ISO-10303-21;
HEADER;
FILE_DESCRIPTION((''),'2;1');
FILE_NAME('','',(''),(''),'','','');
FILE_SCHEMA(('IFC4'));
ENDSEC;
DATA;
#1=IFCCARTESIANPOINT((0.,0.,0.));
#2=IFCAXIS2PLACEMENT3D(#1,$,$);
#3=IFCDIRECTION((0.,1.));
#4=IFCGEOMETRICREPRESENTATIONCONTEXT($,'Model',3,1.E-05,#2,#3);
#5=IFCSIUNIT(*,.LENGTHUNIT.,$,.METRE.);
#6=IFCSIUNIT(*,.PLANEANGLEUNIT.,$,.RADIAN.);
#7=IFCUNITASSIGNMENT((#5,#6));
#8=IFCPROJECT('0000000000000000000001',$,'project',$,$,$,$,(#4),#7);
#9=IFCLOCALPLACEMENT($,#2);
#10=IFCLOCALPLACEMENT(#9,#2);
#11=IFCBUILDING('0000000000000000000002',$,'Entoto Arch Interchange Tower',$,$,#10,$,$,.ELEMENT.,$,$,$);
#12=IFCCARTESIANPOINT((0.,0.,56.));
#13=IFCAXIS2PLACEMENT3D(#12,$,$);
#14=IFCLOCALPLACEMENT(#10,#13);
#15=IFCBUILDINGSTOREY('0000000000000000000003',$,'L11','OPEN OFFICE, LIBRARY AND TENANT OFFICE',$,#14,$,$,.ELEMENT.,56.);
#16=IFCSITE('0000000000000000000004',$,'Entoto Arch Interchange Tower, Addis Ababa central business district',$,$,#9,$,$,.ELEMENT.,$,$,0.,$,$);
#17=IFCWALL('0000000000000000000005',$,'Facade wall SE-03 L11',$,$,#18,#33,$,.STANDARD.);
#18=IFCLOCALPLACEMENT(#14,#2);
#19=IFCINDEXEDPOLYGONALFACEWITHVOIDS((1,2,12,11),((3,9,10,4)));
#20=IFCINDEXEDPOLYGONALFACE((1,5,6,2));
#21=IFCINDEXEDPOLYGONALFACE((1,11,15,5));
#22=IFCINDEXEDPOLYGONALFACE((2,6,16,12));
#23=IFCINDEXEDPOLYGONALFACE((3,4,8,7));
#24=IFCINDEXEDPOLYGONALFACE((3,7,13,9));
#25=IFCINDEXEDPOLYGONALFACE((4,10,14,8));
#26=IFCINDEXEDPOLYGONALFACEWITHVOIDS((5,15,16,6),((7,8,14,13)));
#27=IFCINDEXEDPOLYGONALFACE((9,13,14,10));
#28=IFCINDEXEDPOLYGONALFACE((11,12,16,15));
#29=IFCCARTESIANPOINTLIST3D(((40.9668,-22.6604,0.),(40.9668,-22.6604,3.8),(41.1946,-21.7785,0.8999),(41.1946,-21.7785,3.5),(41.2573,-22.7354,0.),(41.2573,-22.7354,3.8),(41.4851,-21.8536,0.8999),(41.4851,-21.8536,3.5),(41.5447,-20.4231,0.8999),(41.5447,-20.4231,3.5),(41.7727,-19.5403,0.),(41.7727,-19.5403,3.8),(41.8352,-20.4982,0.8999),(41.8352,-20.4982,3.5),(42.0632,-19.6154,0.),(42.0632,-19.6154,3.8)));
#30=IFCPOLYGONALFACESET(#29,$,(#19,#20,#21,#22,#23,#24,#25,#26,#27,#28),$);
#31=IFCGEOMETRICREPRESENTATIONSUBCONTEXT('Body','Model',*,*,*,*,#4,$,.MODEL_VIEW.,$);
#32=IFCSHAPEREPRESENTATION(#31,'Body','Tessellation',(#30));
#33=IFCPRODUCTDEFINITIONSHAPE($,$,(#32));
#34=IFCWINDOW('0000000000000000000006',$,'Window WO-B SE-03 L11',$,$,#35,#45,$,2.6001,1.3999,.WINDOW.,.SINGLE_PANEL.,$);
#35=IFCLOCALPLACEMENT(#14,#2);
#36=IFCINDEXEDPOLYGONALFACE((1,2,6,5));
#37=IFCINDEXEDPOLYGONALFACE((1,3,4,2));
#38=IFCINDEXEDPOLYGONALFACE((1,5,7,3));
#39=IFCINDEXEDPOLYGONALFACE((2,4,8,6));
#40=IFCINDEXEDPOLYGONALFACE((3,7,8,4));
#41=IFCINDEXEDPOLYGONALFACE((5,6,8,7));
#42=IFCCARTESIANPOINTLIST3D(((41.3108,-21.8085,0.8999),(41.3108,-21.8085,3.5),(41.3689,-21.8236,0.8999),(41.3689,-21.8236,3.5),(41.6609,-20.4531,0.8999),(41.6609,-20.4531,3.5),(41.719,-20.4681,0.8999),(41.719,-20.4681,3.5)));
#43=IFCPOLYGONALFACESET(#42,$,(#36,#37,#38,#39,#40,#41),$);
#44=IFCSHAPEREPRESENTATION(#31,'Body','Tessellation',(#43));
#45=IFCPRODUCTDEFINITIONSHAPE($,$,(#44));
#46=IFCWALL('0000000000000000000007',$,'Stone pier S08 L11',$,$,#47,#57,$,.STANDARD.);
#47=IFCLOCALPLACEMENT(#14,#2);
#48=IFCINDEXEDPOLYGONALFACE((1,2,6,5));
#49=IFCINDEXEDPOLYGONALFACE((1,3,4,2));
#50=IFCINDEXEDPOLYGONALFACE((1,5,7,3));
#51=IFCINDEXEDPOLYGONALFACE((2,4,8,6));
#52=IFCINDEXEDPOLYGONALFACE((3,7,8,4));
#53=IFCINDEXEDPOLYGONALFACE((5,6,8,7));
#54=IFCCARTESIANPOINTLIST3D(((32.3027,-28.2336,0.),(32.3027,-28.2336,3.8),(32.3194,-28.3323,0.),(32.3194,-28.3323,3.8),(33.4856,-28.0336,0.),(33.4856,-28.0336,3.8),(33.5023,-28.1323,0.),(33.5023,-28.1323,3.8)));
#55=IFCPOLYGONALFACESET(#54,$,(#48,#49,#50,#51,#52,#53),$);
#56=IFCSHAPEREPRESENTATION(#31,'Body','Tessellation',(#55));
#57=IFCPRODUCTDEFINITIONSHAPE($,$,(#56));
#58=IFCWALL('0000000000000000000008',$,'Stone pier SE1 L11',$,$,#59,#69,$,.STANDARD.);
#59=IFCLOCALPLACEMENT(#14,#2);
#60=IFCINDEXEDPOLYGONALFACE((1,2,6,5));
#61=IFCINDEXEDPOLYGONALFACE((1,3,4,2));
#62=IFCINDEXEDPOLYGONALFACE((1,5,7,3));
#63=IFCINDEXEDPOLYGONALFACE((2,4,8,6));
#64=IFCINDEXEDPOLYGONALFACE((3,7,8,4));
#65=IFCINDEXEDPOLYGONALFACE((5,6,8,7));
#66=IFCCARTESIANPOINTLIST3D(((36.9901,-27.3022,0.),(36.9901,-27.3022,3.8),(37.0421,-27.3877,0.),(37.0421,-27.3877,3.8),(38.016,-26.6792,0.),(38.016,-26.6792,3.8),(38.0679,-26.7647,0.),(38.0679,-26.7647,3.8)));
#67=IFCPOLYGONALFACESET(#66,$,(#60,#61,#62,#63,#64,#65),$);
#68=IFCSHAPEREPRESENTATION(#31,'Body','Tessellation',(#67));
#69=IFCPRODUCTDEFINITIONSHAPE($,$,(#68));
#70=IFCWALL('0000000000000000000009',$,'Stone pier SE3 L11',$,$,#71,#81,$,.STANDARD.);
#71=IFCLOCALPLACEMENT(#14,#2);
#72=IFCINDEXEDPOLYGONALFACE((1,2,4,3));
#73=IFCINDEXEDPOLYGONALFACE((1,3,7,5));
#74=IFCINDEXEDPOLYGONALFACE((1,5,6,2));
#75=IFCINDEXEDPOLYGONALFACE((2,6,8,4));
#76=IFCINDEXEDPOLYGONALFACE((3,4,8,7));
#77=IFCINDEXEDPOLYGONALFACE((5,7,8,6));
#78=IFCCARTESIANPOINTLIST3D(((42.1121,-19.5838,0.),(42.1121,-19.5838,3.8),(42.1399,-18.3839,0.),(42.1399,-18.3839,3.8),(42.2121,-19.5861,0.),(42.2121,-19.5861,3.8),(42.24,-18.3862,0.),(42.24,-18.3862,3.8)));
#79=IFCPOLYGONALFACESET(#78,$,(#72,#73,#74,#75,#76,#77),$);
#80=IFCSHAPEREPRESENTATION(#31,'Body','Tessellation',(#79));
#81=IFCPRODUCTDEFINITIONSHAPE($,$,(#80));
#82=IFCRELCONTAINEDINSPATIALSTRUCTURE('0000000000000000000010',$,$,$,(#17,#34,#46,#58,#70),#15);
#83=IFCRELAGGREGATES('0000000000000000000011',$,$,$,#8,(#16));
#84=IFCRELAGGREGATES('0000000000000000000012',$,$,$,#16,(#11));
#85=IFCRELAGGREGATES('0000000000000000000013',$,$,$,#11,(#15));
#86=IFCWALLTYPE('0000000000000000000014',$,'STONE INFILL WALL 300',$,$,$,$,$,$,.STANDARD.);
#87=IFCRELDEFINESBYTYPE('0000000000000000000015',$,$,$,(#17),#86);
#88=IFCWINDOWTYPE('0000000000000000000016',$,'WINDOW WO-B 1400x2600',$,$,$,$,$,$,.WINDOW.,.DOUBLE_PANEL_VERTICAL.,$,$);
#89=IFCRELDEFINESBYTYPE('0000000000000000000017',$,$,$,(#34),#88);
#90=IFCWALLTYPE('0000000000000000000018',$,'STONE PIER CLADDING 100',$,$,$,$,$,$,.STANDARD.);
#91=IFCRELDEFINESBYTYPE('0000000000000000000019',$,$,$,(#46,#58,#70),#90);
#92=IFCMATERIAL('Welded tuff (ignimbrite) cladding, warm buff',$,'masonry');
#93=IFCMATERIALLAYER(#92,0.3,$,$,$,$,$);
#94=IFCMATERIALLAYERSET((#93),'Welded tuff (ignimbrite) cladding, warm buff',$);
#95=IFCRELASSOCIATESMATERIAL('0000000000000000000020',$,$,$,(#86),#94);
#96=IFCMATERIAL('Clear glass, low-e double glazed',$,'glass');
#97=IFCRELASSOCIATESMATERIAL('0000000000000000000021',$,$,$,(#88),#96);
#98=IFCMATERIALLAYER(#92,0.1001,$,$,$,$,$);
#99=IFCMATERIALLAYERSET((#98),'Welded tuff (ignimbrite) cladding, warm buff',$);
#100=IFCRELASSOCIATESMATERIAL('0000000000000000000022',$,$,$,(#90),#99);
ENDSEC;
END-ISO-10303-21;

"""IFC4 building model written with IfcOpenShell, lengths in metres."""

from ifc_helpers import new_model, si_unit, direction, frame, frame_2d, origin, place, context, subcontext, project, spatial, rectangle, extrude, material, layer, layer_set, type_object, element, fill, save


model = new_model("IFC4")

# Units and contexts
model_context = context("Model", 3, precision=1e-05, world=origin(), true_north=direction((0.0, 1.0)))
body_context = subcontext(model_context, "Body", "Model", "MODEL_VIEW")
ifc_project = project(units=[si_unit("LENGTHUNIT", "METRE"), si_unit("PLANEANGLEUNIT", "RADIAN")], contexts=[model_context])

# Site, building, storey
site_placement = place(None, origin())
site = spatial("IfcSite", under=ifc_project, at=site_placement, Name="Entoto Arch Interchange Tower, Addis Ababa central business district", CompositionType="ELEMENT", RefElevation=0.0)
building_placement = place(site_placement, origin())
building = spatial("IfcBuilding", under=site, at=building_placement, Name="Entoto Arch Interchange Tower", CompositionType="ELEMENT")
storey_placement = place(building_placement, frame((0.0, 0.0, 56.0)))
storey = spatial("IfcBuildingStorey", under=building, at=storey_placement, Name="L11", Description="OPEN OFFICE, LIBRARY AND TENANT OFFICE", CompositionType="ELEMENT", Elevation=56.0)

# Wall, opening, window
ifc_material_1 = material(Name="Welded tuff (ignimbrite) cladding, warm buff", Category="masonry")
ifc_layer_1 = layer(ifc_material_1, 0.3)
ifc_layer_set_1 = layer_set([ifc_layer_1], Name="Welded tuff (ignimbrite) cladding, warm buff")
wall_type_1 = type_object("IfcWallType", Name="STONE INFILL WALL 300", PredefinedType="STANDARD", material=ifc_layer_set_1)
ifc_material_2 = material(Name="Clear glass, low-e double glazed", Category="glass")
window_type = type_object("IfcWindowType", Name="WINDOW WO-B 1400x2600", PartitioningType="DOUBLE_PANEL_VERTICAL", PredefinedType="WINDOW", material=ifc_material_2)
wall_1_placement = place(storey_placement, frame((41.1121, -22.698, 0.0), z_axis=(0.0, 0.0, 1.0), x_axis=(0.250087, 0.968223, 0.0)))
wall_1 = element("IfcWall", 1, at=wall_1_placement, inside=storey, type_object=wall_type_1, Name="Facade wall SE-03 L11", PredefinedType="STANDARD", context=body_context, shape_type="SweptSolid", body=[
    extrude(rectangle(XDim=3.2224, YDim=0.3, at=frame_2d((1.6113, 0.0))), origin(), (0.0, 0.0, 1.0), 3.8),
])
opening_1_placement = place(wall_1_placement, frame((0.9109, 0.0, 0.8999)))
opening_1 = element("IfcOpeningElement", 2, at=opening_1_placement, cuts=wall_1, PredefinedType="OPENING", context=body_context, shape_type="SweptSolid", body=[
    extrude(rectangle(XDim=1.3999, YDim=2.6001, at=frame_2d((0.7, 1.3))), frame((0.0, 0.1602, 0.0), z_axis=(0.0, -1.0, 0.0), x_axis=(1.0, 0.0, 0.0)), (0.0, 0.0, 1.0), 0.3201),
])
window_1_placement = place(opening_1_placement, origin())
window_1 = element("IfcWindow", 3, at=window_1_placement, inside=storey, type_object=window_type, Name="Window WO-B SE-03 L11", OverallHeight=2.6001, OverallWidth=1.3999, PartitioningType="SINGLE_PANEL", PredefinedType="WINDOW", context=body_context, shape_type="SweptSolid", body=[
    extrude(rectangle(XDim=1.3999, YDim=2.6001, at=frame_2d((0.7, 1.3))), frame((0.0, 0.03, 0.0), z_axis=(0.0, -1.0, 0.0), x_axis=(1.0, 0.0, 0.0)), (0.0, 0.0, 1.0), 0.0601),
])
fill(opening_1, window_1)

# Walls
ifc_layer_2 = layer(ifc_material_1, 0.1001)
ifc_layer_set_2 = layer_set([ifc_layer_2], Name="Welded tuff (ignimbrite) cladding, warm buff")
wall_type_2 = type_object("IfcWallType", Name="STONE PIER CLADDING 100", PredefinedType="STANDARD", material=ifc_layer_set_2)
wall_2_placement = place(storey_placement, frame((32.311, -28.283, 0.0), z_axis=(0.0, 0.0, 1.0), x_axis=(0.986012, 0.166676, 0.0)))
element("IfcWall", 4, at=wall_2_placement, inside=storey, type_object=wall_type_2, Name="Stone pier S08 L11", PredefinedType="STANDARD", context=body_context, shape_type="SweptSolid", body=[
    extrude(rectangle(XDim=1.1997, YDim=0.1001, at=frame_2d((0.5999, 0.0))), origin(), (0.0, 0.0, 1.0), 3.8),
])
for number, where, z_axis, x_axis, name in (
    (5, (37.0161, -27.345, 0.0), (0.0, 0.0, 1.0), (0.854717, 0.519095, 0.0), "Stone pier SE1 L11"),
    (6, (42.1621, -19.585, 0.0), (0.0, 0.0, 1.0), (0.023188, 0.999731, 0.0), "Stone pier SE3 L11"),
):
    element("IfcWall", number, at=place(storey_placement, frame(where, z_axis=z_axis, x_axis=x_axis)), inside=storey, type_object=wall_type_2, Name=name, PredefinedType="STANDARD", context=body_context, shape_type="SweptSolid", body=[
        extrude(rectangle(XDim=1.2002, YDim=0.1001, at=frame_2d((0.6001, 0.0))), origin(), (0.0, 0.0, 1.0), 3.8),
    ])

save(model, "model.ifc")
